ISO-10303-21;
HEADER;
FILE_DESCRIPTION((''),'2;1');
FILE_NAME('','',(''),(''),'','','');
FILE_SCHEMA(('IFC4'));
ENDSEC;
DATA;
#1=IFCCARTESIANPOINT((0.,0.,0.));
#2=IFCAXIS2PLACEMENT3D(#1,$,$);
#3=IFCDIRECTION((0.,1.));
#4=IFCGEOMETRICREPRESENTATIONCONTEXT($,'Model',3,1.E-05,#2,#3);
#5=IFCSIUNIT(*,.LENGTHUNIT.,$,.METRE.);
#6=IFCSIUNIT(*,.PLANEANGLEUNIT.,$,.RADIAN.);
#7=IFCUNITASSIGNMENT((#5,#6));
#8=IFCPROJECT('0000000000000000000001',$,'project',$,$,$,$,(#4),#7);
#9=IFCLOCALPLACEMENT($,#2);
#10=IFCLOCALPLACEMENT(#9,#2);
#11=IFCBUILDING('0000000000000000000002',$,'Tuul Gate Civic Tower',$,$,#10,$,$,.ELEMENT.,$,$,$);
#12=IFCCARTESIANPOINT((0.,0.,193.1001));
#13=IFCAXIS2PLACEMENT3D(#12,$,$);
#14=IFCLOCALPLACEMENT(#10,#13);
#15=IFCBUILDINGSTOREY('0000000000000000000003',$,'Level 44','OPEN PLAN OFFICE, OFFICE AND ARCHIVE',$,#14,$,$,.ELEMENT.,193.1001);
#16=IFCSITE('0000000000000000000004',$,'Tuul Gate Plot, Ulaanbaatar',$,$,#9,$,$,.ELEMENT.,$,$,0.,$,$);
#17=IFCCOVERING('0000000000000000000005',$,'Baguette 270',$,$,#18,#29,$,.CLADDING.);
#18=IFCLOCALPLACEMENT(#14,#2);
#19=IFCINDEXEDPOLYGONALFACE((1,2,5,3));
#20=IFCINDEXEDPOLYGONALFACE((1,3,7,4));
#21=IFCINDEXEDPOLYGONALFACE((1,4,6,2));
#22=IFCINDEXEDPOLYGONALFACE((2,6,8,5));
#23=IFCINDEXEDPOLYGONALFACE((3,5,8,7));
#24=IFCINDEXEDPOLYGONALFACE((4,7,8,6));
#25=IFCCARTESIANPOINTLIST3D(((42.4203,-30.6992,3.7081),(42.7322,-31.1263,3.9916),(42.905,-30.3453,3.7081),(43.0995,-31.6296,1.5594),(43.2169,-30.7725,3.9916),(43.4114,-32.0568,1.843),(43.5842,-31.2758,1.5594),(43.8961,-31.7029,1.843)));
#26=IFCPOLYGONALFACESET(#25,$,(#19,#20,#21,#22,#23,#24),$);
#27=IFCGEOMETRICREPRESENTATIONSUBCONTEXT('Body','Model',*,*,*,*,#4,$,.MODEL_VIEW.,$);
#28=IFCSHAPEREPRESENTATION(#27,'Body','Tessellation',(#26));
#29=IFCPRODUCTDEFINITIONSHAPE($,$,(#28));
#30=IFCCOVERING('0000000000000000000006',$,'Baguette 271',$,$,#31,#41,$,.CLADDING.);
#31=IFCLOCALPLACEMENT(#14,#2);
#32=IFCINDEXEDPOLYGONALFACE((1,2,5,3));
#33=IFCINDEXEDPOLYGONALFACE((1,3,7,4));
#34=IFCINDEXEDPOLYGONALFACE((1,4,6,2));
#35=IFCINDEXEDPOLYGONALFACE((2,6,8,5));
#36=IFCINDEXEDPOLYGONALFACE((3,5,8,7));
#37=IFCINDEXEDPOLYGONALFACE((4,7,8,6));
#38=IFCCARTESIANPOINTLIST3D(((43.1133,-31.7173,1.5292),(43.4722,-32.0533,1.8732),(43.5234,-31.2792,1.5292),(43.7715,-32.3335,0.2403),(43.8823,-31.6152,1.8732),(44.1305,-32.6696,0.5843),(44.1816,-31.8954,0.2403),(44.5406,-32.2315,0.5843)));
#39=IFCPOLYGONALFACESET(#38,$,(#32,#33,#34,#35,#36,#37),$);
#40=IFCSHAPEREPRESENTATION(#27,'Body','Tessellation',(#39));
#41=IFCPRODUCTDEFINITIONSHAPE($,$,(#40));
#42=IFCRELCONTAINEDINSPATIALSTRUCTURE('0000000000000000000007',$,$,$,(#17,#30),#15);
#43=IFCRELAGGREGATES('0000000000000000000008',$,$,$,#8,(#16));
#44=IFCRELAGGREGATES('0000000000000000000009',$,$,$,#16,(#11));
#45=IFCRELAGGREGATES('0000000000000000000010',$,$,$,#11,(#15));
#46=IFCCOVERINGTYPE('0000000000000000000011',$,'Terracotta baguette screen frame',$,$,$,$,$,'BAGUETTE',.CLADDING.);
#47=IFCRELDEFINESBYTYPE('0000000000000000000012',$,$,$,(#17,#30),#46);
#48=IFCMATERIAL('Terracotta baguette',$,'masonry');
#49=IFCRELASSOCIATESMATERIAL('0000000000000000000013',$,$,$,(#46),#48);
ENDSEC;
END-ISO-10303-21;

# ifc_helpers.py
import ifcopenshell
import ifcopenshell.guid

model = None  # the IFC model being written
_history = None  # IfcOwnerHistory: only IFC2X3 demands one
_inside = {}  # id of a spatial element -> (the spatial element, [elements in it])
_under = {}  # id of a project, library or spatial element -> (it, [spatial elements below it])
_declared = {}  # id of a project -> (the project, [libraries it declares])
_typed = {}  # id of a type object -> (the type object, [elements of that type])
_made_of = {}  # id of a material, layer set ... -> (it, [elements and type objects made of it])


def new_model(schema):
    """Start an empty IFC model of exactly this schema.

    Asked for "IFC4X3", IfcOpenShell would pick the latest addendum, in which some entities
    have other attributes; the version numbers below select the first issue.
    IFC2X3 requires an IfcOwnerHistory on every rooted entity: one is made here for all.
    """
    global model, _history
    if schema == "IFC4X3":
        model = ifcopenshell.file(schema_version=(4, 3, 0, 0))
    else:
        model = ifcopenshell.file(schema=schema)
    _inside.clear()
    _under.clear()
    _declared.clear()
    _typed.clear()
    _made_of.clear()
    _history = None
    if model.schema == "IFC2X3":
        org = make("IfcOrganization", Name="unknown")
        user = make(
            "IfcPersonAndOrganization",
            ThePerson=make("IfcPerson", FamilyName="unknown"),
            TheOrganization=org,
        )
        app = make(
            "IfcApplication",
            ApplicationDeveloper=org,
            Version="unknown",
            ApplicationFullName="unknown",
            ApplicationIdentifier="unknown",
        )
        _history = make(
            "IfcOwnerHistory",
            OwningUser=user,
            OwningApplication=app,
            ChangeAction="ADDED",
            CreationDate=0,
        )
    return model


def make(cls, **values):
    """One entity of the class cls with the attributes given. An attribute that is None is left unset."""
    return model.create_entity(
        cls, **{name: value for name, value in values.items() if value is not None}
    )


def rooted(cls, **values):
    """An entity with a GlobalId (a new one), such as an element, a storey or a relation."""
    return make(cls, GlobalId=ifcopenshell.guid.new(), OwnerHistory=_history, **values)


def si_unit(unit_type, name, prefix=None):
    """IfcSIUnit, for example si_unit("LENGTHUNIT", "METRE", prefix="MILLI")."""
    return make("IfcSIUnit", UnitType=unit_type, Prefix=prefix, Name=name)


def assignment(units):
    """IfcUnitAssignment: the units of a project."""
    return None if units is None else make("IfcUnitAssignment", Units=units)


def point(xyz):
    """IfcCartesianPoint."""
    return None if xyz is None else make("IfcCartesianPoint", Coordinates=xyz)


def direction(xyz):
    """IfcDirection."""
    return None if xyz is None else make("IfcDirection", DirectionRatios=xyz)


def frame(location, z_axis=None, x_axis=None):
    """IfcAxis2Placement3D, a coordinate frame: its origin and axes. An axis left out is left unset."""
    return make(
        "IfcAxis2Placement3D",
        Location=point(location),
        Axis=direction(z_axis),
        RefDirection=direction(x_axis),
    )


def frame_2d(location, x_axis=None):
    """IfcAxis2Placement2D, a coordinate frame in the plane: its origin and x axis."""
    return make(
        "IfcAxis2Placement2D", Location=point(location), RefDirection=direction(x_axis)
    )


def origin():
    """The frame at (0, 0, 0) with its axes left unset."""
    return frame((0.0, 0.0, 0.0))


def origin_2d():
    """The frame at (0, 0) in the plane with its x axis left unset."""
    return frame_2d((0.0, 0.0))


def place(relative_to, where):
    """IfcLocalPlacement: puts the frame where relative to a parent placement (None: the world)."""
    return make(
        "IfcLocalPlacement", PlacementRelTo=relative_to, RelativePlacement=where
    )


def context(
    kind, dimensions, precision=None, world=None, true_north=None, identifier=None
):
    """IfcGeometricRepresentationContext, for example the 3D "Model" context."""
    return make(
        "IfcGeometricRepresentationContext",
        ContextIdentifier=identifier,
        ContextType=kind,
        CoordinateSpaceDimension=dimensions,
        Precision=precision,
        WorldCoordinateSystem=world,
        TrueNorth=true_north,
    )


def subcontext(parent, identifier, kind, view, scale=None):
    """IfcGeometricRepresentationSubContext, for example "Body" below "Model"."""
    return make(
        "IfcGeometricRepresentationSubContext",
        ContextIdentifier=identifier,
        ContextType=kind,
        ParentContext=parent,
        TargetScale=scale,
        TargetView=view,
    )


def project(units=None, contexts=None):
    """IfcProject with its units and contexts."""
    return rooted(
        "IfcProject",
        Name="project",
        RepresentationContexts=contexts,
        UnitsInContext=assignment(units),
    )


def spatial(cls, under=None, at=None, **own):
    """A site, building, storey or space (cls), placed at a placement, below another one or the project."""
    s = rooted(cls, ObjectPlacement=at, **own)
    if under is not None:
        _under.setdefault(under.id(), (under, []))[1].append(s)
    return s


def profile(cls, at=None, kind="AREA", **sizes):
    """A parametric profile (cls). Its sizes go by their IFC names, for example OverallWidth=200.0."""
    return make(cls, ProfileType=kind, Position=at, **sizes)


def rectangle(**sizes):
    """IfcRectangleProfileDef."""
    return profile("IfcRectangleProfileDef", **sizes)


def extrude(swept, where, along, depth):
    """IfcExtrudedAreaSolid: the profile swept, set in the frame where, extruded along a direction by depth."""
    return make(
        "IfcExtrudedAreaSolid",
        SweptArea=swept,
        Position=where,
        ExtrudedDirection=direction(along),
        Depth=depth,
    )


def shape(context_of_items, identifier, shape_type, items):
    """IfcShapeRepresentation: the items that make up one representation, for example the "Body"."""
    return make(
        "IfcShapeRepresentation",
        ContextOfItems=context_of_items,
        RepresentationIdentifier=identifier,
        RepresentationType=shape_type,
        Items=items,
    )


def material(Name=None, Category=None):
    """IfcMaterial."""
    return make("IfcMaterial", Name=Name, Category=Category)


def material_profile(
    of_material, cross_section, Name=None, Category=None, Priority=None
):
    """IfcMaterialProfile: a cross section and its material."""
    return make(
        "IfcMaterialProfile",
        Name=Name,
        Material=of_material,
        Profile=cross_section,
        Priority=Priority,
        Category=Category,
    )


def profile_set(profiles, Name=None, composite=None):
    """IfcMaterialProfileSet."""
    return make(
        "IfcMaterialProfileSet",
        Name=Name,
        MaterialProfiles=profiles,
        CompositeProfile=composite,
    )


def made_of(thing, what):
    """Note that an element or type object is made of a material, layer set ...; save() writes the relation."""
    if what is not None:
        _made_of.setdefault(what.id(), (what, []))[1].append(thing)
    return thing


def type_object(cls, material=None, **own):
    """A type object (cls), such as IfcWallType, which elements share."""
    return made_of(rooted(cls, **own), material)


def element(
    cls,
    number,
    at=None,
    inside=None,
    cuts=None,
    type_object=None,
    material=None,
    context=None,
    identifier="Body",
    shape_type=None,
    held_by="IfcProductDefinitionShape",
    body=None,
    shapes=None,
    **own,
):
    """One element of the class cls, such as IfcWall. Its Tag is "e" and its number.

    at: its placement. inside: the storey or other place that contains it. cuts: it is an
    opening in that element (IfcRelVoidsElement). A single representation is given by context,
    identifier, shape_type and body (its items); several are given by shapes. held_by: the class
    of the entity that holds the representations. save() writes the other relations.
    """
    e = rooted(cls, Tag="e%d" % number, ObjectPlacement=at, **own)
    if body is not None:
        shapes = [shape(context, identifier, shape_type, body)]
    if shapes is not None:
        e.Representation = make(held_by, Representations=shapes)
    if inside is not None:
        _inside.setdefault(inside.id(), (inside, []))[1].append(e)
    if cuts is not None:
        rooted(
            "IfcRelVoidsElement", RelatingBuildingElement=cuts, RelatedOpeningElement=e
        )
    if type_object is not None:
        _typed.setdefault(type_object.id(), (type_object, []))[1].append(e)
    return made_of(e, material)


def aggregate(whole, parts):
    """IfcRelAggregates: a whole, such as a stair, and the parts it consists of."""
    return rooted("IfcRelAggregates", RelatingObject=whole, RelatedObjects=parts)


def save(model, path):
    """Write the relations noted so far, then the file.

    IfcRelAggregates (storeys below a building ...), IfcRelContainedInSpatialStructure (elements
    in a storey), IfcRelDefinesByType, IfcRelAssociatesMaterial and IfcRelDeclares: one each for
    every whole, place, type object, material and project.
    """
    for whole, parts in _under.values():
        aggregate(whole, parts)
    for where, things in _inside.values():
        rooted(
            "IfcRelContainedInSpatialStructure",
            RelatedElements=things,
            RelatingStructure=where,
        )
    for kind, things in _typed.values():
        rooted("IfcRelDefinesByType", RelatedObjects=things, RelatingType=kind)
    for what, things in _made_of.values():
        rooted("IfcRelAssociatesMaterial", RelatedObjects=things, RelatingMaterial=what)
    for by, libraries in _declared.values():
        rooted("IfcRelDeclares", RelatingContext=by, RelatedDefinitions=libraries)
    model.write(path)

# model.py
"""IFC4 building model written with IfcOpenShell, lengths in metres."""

from ifc_helpers import new_model, si_unit, direction, frame, origin, origin_2d, place, context, subcontext, project, spatial, rectangle, extrude, material, material_profile, profile_set, type_object, element, save


model = new_model("IFC4")

# Units and contexts
model_context = context("Model", 3, precision=1e-05, world=origin(), true_north=direction((0.0, 1.0)))
body_context = subcontext(model_context, "Body", "Model", "MODEL_VIEW")
ifc_project = project(units=[si_unit("LENGTHUNIT", "METRE"), si_unit("PLANEANGLEUNIT", "RADIAN")], contexts=[model_context])

# Site, building, storey
site_placement = place(None, origin())
site = spatial("IfcSite", under=ifc_project, at=site_placement, Name="Tuul Gate Plot, Ulaanbaatar", CompositionType="ELEMENT", RefElevation=0.0)
building_placement = place(site_placement, origin())
building = spatial("IfcBuilding", under=site, at=building_placement, Name="Tuul Gate Civic Tower", CompositionType="ELEMENT")
storey_placement = place(building_placement, frame((0.0, 0.0, 193.1001)))
storey = spatial("IfcBuildingStorey", under=building, at=storey_placement, Name="Level 44", Description="OPEN PLAN OFFICE, OFFICE AND ARCHIVE", CompositionType="ELEMENT", Elevation=193.1001)

# Coverings
ifc_material_1 = material(Name="Terracotta baguette", Category="masonry")
ifc_material_profile_1 = material_profile(ifc_material_1, rectangle(XDim=0.6001, YDim=0.6001, at=origin_2d()), Name="Terracotta baguette screen frame")
ifc_profile_set_1 = profile_set([ifc_material_profile_1], Name="Terracotta baguette")
covering_type = type_object("IfcCoveringType", Name="Terracotta baguette screen frame", ElementType="BAGUETTE", PredefinedType="CLADDING", material=ifc_profile_set_1)
covering_1_placement = place(storey_placement, frame((42.8186, -30.7358, 3.8499), z_axis=(0.278589, -0.381633, -0.881331), x_axis=(0.80769, 0.589607, 0.0)))
element("IfcCovering", 1, at=covering_1_placement, inside=storey, type_object=covering_type, Name="Baguette 270", PredefinedType="CLADDING", context=body_context, shape_type="SweptSolid", body=[
    extrude(rectangle(XDim=0.6001, YDim=0.6001, at=origin_2d()), origin(), (0.0, 0.0, 1.0), 2.438),
])
covering_2_placement = place(storey_placement, frame((43.4978, -31.6663, 1.7012), z_axis=(0.418466, -0.391769, -0.819392), x_axis=(0.683437, 0.73001, 0.0)))
element("IfcCovering", 2, at=covering_2_placement, inside=storey, type_object=covering_type, Name="Baguette 271", PredefinedType="CLADDING", context=body_context, shape_type="SweptSolid", body=[
    extrude(rectangle(XDim=0.6001, YDim=0.6001, at=origin_2d()), origin(), (0.0, 0.0, 1.0), 1.573),
])

save(model, "model.ifc")
